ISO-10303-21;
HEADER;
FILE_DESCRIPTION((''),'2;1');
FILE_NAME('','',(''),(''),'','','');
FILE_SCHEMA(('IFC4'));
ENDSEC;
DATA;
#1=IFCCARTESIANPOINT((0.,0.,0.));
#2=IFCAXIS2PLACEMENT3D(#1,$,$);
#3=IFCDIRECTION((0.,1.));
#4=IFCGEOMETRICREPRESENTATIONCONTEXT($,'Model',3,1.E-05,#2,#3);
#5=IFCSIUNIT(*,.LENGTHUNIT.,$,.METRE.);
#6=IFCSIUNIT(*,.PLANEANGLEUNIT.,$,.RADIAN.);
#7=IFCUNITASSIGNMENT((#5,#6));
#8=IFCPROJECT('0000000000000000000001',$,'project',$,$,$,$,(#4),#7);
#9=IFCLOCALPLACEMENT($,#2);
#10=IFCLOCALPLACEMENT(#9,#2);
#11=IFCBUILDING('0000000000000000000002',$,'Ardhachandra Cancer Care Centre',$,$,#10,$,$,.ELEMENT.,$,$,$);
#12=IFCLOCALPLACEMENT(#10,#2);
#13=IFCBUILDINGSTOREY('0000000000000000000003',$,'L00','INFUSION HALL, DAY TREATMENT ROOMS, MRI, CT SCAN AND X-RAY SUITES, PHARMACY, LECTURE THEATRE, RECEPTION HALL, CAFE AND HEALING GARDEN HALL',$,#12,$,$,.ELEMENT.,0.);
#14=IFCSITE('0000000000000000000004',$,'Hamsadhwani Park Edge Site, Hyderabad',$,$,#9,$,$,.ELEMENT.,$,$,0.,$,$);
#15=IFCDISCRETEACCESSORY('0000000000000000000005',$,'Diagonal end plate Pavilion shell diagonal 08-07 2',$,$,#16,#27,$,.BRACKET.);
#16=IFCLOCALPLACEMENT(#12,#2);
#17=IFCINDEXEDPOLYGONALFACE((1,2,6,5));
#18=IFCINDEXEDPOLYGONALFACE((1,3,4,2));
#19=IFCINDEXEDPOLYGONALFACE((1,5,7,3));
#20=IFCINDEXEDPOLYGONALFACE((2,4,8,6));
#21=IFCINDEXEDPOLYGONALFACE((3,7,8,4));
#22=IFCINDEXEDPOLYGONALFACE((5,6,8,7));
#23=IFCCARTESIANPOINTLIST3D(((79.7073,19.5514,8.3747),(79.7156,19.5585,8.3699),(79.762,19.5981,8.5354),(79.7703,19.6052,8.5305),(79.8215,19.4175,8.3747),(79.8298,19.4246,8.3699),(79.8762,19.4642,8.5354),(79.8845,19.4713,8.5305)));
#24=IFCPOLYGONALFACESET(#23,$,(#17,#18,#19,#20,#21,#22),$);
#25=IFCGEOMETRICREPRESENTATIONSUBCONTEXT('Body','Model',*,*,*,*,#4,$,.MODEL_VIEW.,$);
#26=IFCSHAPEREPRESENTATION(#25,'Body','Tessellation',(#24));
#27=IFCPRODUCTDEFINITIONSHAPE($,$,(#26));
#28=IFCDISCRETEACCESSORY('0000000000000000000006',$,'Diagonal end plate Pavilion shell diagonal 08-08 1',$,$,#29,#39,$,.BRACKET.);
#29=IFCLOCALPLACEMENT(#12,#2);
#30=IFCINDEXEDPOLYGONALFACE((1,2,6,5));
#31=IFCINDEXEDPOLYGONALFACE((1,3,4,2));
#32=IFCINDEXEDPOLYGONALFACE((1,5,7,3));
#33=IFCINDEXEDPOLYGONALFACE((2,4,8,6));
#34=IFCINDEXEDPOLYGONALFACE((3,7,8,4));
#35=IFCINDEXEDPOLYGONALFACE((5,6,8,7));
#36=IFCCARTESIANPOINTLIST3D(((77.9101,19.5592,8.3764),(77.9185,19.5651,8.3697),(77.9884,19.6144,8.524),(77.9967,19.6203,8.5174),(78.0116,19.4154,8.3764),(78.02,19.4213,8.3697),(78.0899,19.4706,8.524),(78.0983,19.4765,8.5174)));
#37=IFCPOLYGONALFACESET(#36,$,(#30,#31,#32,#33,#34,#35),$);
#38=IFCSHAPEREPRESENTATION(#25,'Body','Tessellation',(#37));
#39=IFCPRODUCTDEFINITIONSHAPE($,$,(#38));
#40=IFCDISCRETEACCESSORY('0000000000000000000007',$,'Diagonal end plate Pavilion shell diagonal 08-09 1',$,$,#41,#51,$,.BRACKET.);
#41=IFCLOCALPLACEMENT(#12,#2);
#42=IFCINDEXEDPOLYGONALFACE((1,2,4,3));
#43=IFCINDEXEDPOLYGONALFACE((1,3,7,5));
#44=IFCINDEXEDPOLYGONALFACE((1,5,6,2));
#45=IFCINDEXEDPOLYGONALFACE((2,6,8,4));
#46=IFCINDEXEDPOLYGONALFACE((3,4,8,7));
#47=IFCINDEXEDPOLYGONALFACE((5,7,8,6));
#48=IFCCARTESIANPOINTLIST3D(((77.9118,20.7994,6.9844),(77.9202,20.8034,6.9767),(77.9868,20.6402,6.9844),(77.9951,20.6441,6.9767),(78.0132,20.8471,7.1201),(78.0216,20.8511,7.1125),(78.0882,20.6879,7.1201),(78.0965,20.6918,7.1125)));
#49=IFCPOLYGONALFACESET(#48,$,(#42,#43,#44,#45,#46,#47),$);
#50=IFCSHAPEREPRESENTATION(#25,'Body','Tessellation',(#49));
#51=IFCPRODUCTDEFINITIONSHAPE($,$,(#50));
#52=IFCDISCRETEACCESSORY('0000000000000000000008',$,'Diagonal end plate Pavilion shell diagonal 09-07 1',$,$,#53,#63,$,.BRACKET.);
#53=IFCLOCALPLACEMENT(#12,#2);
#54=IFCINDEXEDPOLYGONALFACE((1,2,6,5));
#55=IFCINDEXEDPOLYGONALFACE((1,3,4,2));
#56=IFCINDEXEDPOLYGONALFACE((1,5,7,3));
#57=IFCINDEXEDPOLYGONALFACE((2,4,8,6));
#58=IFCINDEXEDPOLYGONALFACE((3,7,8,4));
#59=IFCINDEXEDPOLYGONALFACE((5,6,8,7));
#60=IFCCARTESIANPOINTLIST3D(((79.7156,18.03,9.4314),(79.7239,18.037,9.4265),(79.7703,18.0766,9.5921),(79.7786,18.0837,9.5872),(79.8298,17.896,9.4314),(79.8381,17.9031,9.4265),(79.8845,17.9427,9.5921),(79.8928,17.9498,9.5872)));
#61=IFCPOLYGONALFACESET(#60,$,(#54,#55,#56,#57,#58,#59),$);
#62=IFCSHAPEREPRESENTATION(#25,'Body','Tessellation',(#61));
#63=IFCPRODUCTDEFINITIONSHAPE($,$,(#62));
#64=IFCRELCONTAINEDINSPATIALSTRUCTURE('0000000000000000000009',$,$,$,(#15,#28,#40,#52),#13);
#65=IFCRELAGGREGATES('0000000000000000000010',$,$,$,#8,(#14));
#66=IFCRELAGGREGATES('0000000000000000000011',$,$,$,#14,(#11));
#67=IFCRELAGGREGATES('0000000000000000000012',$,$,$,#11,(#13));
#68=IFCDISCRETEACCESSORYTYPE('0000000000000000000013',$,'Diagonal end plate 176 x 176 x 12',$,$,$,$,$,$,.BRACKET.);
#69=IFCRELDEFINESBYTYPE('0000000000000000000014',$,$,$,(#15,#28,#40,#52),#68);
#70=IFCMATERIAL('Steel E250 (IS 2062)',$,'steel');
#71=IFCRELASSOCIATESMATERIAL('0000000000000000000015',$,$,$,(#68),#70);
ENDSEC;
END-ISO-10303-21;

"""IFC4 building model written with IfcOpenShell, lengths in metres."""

from ifc_helpers import new_model, si_unit, direction, frame, origin, origin_2d, place, context, subcontext, project, spatial, rectangle, extrude, material, material_profile, profile_set, type_object, element, save


model = new_model("IFC4")

# Units and contexts
model_context = context("Model", 3, precision=1e-05, world=origin(), true_north=direction((0.0, 1.0)))
body_context = subcontext(model_context, "Body", "Model", "MODEL_VIEW")
ifc_project = project(units=[si_unit("LENGTHUNIT", "METRE"), si_unit("PLANEANGLEUNIT", "RADIAN")], contexts=[model_context])

# Site, building, storey
site_placement = place(None, origin())
site = spatial("IfcSite", under=ifc_project, at=site_placement, Name="Hamsadhwani Park Edge Site, Hyderabad", CompositionType="ELEMENT", RefElevation=0.0)
building_placement = place(site_placement, origin())
building = spatial("IfcBuilding", under=site, at=building_placement, Name="Ardhachandra Cancer Care Centre", CompositionType="ELEMENT")
storey_placement = place(building_placement, origin())
storey = spatial("IfcBuildingStorey", under=building, at=storey_placement, Name="L00", Description="INFUSION HALL, DAY TREATMENT ROOMS, MRI, CT SCAN AND X-RAY SUITES, PHARMACY, LECTURE THEATRE, RECEPTION HALL, CAFE AND HEALING GARDEN HALL", CompositionType="ELEMENT", Elevation=0.0)

# Discrete accessories
ifc_material_1 = material(Name="Steel E250 (IS 2062)", Category="steel")
ifc_material_profile_1 = material_profile(ifc_material_1, rectangle(XDim=0.176, YDim=0.176, at=origin_2d()), Name="PL 176x176x12")
ifc_profile_set_1 = profile_set([ifc_material_profile_1], Name="Steel E250 (IS 2062)")
discrete_accessory_type = type_object("IfcDiscreteAccessoryType", Name="Diagonal end plate 176 x 176 x 12", PredefinedType="BRACKET", material=ifc_profile_set_1)
for number, where, z_axis, x_axis, name in (
    (1, (79.8, 19.5149, 8.4502), (-0.694456, -0.59233, 0.408504), (0.648947, -0.760834, 0.0), "Diagonal end plate Pavilion shell diagonal 08-07 2"),
):
    element("IfcDiscreteAccessory", number, at=place(storey_placement, frame(where, z_axis=z_axis, x_axis=x_axis)), inside=storey, type_object=discrete_accessory_type, Name=name, PredefinedType="BRACKET", context=body_context, shape_type="SweptSolid", body=[
        extrude(rectangle(XDim=0.176, YDim=0.176, at=origin_2d()), origin(), (0.0, 0.0, 1.0), 0.012),
    ])
discrete_accessory_1_placement = place(storey_placement, frame((78.0, 19.5149, 8.4502), z_axis=(0.685367, 0.483788, -0.544262), x_axis=(-0.576683, 0.816968, 0.0)))
element("IfcDiscreteAccessory", 2, at=discrete_accessory_1_placement, inside=storey, type_object=discrete_accessory_type, Name="Diagonal end plate Pavilion shell diagonal 08-08 1", PredefinedType="BRACKET", context=body_context, shape_type="SweptSolid", body=[
    extrude(rectangle(XDim=0.176, YDim=0.176, at=origin_2d()), origin(), (0.0, 0.0, 1.0), 0.0122),
])
for number, where, z_axis, x_axis, name in (
    (3, (78.0, 20.7437, 7.0522), (0.697959, 0.328451, -0.636375), (-0.425797, 0.904819, 0.0), "Diagonal end plate Pavilion shell diagonal 08-09 1"),
    (4, (79.8, 17.9863, 9.5117), (0.694456, 0.59233, -0.408504), (-0.648947, 0.760834, 0.0), "Diagonal end plate Pavilion shell diagonal 09-07 1"),
):
    element("IfcDiscreteAccessory", number, at=place(storey_placement, frame(where, z_axis=z_axis, x_axis=x_axis)), inside=storey, type_object=discrete_accessory_type, Name=name, PredefinedType="BRACKET", context=body_context, shape_type="SweptSolid", body=[
        extrude(rectangle(XDim=0.176, YDim=0.176, at=origin_2d()), origin(), (0.0, 0.0, 1.0), 0.012),
    ])

save(model, "model.ifc")
